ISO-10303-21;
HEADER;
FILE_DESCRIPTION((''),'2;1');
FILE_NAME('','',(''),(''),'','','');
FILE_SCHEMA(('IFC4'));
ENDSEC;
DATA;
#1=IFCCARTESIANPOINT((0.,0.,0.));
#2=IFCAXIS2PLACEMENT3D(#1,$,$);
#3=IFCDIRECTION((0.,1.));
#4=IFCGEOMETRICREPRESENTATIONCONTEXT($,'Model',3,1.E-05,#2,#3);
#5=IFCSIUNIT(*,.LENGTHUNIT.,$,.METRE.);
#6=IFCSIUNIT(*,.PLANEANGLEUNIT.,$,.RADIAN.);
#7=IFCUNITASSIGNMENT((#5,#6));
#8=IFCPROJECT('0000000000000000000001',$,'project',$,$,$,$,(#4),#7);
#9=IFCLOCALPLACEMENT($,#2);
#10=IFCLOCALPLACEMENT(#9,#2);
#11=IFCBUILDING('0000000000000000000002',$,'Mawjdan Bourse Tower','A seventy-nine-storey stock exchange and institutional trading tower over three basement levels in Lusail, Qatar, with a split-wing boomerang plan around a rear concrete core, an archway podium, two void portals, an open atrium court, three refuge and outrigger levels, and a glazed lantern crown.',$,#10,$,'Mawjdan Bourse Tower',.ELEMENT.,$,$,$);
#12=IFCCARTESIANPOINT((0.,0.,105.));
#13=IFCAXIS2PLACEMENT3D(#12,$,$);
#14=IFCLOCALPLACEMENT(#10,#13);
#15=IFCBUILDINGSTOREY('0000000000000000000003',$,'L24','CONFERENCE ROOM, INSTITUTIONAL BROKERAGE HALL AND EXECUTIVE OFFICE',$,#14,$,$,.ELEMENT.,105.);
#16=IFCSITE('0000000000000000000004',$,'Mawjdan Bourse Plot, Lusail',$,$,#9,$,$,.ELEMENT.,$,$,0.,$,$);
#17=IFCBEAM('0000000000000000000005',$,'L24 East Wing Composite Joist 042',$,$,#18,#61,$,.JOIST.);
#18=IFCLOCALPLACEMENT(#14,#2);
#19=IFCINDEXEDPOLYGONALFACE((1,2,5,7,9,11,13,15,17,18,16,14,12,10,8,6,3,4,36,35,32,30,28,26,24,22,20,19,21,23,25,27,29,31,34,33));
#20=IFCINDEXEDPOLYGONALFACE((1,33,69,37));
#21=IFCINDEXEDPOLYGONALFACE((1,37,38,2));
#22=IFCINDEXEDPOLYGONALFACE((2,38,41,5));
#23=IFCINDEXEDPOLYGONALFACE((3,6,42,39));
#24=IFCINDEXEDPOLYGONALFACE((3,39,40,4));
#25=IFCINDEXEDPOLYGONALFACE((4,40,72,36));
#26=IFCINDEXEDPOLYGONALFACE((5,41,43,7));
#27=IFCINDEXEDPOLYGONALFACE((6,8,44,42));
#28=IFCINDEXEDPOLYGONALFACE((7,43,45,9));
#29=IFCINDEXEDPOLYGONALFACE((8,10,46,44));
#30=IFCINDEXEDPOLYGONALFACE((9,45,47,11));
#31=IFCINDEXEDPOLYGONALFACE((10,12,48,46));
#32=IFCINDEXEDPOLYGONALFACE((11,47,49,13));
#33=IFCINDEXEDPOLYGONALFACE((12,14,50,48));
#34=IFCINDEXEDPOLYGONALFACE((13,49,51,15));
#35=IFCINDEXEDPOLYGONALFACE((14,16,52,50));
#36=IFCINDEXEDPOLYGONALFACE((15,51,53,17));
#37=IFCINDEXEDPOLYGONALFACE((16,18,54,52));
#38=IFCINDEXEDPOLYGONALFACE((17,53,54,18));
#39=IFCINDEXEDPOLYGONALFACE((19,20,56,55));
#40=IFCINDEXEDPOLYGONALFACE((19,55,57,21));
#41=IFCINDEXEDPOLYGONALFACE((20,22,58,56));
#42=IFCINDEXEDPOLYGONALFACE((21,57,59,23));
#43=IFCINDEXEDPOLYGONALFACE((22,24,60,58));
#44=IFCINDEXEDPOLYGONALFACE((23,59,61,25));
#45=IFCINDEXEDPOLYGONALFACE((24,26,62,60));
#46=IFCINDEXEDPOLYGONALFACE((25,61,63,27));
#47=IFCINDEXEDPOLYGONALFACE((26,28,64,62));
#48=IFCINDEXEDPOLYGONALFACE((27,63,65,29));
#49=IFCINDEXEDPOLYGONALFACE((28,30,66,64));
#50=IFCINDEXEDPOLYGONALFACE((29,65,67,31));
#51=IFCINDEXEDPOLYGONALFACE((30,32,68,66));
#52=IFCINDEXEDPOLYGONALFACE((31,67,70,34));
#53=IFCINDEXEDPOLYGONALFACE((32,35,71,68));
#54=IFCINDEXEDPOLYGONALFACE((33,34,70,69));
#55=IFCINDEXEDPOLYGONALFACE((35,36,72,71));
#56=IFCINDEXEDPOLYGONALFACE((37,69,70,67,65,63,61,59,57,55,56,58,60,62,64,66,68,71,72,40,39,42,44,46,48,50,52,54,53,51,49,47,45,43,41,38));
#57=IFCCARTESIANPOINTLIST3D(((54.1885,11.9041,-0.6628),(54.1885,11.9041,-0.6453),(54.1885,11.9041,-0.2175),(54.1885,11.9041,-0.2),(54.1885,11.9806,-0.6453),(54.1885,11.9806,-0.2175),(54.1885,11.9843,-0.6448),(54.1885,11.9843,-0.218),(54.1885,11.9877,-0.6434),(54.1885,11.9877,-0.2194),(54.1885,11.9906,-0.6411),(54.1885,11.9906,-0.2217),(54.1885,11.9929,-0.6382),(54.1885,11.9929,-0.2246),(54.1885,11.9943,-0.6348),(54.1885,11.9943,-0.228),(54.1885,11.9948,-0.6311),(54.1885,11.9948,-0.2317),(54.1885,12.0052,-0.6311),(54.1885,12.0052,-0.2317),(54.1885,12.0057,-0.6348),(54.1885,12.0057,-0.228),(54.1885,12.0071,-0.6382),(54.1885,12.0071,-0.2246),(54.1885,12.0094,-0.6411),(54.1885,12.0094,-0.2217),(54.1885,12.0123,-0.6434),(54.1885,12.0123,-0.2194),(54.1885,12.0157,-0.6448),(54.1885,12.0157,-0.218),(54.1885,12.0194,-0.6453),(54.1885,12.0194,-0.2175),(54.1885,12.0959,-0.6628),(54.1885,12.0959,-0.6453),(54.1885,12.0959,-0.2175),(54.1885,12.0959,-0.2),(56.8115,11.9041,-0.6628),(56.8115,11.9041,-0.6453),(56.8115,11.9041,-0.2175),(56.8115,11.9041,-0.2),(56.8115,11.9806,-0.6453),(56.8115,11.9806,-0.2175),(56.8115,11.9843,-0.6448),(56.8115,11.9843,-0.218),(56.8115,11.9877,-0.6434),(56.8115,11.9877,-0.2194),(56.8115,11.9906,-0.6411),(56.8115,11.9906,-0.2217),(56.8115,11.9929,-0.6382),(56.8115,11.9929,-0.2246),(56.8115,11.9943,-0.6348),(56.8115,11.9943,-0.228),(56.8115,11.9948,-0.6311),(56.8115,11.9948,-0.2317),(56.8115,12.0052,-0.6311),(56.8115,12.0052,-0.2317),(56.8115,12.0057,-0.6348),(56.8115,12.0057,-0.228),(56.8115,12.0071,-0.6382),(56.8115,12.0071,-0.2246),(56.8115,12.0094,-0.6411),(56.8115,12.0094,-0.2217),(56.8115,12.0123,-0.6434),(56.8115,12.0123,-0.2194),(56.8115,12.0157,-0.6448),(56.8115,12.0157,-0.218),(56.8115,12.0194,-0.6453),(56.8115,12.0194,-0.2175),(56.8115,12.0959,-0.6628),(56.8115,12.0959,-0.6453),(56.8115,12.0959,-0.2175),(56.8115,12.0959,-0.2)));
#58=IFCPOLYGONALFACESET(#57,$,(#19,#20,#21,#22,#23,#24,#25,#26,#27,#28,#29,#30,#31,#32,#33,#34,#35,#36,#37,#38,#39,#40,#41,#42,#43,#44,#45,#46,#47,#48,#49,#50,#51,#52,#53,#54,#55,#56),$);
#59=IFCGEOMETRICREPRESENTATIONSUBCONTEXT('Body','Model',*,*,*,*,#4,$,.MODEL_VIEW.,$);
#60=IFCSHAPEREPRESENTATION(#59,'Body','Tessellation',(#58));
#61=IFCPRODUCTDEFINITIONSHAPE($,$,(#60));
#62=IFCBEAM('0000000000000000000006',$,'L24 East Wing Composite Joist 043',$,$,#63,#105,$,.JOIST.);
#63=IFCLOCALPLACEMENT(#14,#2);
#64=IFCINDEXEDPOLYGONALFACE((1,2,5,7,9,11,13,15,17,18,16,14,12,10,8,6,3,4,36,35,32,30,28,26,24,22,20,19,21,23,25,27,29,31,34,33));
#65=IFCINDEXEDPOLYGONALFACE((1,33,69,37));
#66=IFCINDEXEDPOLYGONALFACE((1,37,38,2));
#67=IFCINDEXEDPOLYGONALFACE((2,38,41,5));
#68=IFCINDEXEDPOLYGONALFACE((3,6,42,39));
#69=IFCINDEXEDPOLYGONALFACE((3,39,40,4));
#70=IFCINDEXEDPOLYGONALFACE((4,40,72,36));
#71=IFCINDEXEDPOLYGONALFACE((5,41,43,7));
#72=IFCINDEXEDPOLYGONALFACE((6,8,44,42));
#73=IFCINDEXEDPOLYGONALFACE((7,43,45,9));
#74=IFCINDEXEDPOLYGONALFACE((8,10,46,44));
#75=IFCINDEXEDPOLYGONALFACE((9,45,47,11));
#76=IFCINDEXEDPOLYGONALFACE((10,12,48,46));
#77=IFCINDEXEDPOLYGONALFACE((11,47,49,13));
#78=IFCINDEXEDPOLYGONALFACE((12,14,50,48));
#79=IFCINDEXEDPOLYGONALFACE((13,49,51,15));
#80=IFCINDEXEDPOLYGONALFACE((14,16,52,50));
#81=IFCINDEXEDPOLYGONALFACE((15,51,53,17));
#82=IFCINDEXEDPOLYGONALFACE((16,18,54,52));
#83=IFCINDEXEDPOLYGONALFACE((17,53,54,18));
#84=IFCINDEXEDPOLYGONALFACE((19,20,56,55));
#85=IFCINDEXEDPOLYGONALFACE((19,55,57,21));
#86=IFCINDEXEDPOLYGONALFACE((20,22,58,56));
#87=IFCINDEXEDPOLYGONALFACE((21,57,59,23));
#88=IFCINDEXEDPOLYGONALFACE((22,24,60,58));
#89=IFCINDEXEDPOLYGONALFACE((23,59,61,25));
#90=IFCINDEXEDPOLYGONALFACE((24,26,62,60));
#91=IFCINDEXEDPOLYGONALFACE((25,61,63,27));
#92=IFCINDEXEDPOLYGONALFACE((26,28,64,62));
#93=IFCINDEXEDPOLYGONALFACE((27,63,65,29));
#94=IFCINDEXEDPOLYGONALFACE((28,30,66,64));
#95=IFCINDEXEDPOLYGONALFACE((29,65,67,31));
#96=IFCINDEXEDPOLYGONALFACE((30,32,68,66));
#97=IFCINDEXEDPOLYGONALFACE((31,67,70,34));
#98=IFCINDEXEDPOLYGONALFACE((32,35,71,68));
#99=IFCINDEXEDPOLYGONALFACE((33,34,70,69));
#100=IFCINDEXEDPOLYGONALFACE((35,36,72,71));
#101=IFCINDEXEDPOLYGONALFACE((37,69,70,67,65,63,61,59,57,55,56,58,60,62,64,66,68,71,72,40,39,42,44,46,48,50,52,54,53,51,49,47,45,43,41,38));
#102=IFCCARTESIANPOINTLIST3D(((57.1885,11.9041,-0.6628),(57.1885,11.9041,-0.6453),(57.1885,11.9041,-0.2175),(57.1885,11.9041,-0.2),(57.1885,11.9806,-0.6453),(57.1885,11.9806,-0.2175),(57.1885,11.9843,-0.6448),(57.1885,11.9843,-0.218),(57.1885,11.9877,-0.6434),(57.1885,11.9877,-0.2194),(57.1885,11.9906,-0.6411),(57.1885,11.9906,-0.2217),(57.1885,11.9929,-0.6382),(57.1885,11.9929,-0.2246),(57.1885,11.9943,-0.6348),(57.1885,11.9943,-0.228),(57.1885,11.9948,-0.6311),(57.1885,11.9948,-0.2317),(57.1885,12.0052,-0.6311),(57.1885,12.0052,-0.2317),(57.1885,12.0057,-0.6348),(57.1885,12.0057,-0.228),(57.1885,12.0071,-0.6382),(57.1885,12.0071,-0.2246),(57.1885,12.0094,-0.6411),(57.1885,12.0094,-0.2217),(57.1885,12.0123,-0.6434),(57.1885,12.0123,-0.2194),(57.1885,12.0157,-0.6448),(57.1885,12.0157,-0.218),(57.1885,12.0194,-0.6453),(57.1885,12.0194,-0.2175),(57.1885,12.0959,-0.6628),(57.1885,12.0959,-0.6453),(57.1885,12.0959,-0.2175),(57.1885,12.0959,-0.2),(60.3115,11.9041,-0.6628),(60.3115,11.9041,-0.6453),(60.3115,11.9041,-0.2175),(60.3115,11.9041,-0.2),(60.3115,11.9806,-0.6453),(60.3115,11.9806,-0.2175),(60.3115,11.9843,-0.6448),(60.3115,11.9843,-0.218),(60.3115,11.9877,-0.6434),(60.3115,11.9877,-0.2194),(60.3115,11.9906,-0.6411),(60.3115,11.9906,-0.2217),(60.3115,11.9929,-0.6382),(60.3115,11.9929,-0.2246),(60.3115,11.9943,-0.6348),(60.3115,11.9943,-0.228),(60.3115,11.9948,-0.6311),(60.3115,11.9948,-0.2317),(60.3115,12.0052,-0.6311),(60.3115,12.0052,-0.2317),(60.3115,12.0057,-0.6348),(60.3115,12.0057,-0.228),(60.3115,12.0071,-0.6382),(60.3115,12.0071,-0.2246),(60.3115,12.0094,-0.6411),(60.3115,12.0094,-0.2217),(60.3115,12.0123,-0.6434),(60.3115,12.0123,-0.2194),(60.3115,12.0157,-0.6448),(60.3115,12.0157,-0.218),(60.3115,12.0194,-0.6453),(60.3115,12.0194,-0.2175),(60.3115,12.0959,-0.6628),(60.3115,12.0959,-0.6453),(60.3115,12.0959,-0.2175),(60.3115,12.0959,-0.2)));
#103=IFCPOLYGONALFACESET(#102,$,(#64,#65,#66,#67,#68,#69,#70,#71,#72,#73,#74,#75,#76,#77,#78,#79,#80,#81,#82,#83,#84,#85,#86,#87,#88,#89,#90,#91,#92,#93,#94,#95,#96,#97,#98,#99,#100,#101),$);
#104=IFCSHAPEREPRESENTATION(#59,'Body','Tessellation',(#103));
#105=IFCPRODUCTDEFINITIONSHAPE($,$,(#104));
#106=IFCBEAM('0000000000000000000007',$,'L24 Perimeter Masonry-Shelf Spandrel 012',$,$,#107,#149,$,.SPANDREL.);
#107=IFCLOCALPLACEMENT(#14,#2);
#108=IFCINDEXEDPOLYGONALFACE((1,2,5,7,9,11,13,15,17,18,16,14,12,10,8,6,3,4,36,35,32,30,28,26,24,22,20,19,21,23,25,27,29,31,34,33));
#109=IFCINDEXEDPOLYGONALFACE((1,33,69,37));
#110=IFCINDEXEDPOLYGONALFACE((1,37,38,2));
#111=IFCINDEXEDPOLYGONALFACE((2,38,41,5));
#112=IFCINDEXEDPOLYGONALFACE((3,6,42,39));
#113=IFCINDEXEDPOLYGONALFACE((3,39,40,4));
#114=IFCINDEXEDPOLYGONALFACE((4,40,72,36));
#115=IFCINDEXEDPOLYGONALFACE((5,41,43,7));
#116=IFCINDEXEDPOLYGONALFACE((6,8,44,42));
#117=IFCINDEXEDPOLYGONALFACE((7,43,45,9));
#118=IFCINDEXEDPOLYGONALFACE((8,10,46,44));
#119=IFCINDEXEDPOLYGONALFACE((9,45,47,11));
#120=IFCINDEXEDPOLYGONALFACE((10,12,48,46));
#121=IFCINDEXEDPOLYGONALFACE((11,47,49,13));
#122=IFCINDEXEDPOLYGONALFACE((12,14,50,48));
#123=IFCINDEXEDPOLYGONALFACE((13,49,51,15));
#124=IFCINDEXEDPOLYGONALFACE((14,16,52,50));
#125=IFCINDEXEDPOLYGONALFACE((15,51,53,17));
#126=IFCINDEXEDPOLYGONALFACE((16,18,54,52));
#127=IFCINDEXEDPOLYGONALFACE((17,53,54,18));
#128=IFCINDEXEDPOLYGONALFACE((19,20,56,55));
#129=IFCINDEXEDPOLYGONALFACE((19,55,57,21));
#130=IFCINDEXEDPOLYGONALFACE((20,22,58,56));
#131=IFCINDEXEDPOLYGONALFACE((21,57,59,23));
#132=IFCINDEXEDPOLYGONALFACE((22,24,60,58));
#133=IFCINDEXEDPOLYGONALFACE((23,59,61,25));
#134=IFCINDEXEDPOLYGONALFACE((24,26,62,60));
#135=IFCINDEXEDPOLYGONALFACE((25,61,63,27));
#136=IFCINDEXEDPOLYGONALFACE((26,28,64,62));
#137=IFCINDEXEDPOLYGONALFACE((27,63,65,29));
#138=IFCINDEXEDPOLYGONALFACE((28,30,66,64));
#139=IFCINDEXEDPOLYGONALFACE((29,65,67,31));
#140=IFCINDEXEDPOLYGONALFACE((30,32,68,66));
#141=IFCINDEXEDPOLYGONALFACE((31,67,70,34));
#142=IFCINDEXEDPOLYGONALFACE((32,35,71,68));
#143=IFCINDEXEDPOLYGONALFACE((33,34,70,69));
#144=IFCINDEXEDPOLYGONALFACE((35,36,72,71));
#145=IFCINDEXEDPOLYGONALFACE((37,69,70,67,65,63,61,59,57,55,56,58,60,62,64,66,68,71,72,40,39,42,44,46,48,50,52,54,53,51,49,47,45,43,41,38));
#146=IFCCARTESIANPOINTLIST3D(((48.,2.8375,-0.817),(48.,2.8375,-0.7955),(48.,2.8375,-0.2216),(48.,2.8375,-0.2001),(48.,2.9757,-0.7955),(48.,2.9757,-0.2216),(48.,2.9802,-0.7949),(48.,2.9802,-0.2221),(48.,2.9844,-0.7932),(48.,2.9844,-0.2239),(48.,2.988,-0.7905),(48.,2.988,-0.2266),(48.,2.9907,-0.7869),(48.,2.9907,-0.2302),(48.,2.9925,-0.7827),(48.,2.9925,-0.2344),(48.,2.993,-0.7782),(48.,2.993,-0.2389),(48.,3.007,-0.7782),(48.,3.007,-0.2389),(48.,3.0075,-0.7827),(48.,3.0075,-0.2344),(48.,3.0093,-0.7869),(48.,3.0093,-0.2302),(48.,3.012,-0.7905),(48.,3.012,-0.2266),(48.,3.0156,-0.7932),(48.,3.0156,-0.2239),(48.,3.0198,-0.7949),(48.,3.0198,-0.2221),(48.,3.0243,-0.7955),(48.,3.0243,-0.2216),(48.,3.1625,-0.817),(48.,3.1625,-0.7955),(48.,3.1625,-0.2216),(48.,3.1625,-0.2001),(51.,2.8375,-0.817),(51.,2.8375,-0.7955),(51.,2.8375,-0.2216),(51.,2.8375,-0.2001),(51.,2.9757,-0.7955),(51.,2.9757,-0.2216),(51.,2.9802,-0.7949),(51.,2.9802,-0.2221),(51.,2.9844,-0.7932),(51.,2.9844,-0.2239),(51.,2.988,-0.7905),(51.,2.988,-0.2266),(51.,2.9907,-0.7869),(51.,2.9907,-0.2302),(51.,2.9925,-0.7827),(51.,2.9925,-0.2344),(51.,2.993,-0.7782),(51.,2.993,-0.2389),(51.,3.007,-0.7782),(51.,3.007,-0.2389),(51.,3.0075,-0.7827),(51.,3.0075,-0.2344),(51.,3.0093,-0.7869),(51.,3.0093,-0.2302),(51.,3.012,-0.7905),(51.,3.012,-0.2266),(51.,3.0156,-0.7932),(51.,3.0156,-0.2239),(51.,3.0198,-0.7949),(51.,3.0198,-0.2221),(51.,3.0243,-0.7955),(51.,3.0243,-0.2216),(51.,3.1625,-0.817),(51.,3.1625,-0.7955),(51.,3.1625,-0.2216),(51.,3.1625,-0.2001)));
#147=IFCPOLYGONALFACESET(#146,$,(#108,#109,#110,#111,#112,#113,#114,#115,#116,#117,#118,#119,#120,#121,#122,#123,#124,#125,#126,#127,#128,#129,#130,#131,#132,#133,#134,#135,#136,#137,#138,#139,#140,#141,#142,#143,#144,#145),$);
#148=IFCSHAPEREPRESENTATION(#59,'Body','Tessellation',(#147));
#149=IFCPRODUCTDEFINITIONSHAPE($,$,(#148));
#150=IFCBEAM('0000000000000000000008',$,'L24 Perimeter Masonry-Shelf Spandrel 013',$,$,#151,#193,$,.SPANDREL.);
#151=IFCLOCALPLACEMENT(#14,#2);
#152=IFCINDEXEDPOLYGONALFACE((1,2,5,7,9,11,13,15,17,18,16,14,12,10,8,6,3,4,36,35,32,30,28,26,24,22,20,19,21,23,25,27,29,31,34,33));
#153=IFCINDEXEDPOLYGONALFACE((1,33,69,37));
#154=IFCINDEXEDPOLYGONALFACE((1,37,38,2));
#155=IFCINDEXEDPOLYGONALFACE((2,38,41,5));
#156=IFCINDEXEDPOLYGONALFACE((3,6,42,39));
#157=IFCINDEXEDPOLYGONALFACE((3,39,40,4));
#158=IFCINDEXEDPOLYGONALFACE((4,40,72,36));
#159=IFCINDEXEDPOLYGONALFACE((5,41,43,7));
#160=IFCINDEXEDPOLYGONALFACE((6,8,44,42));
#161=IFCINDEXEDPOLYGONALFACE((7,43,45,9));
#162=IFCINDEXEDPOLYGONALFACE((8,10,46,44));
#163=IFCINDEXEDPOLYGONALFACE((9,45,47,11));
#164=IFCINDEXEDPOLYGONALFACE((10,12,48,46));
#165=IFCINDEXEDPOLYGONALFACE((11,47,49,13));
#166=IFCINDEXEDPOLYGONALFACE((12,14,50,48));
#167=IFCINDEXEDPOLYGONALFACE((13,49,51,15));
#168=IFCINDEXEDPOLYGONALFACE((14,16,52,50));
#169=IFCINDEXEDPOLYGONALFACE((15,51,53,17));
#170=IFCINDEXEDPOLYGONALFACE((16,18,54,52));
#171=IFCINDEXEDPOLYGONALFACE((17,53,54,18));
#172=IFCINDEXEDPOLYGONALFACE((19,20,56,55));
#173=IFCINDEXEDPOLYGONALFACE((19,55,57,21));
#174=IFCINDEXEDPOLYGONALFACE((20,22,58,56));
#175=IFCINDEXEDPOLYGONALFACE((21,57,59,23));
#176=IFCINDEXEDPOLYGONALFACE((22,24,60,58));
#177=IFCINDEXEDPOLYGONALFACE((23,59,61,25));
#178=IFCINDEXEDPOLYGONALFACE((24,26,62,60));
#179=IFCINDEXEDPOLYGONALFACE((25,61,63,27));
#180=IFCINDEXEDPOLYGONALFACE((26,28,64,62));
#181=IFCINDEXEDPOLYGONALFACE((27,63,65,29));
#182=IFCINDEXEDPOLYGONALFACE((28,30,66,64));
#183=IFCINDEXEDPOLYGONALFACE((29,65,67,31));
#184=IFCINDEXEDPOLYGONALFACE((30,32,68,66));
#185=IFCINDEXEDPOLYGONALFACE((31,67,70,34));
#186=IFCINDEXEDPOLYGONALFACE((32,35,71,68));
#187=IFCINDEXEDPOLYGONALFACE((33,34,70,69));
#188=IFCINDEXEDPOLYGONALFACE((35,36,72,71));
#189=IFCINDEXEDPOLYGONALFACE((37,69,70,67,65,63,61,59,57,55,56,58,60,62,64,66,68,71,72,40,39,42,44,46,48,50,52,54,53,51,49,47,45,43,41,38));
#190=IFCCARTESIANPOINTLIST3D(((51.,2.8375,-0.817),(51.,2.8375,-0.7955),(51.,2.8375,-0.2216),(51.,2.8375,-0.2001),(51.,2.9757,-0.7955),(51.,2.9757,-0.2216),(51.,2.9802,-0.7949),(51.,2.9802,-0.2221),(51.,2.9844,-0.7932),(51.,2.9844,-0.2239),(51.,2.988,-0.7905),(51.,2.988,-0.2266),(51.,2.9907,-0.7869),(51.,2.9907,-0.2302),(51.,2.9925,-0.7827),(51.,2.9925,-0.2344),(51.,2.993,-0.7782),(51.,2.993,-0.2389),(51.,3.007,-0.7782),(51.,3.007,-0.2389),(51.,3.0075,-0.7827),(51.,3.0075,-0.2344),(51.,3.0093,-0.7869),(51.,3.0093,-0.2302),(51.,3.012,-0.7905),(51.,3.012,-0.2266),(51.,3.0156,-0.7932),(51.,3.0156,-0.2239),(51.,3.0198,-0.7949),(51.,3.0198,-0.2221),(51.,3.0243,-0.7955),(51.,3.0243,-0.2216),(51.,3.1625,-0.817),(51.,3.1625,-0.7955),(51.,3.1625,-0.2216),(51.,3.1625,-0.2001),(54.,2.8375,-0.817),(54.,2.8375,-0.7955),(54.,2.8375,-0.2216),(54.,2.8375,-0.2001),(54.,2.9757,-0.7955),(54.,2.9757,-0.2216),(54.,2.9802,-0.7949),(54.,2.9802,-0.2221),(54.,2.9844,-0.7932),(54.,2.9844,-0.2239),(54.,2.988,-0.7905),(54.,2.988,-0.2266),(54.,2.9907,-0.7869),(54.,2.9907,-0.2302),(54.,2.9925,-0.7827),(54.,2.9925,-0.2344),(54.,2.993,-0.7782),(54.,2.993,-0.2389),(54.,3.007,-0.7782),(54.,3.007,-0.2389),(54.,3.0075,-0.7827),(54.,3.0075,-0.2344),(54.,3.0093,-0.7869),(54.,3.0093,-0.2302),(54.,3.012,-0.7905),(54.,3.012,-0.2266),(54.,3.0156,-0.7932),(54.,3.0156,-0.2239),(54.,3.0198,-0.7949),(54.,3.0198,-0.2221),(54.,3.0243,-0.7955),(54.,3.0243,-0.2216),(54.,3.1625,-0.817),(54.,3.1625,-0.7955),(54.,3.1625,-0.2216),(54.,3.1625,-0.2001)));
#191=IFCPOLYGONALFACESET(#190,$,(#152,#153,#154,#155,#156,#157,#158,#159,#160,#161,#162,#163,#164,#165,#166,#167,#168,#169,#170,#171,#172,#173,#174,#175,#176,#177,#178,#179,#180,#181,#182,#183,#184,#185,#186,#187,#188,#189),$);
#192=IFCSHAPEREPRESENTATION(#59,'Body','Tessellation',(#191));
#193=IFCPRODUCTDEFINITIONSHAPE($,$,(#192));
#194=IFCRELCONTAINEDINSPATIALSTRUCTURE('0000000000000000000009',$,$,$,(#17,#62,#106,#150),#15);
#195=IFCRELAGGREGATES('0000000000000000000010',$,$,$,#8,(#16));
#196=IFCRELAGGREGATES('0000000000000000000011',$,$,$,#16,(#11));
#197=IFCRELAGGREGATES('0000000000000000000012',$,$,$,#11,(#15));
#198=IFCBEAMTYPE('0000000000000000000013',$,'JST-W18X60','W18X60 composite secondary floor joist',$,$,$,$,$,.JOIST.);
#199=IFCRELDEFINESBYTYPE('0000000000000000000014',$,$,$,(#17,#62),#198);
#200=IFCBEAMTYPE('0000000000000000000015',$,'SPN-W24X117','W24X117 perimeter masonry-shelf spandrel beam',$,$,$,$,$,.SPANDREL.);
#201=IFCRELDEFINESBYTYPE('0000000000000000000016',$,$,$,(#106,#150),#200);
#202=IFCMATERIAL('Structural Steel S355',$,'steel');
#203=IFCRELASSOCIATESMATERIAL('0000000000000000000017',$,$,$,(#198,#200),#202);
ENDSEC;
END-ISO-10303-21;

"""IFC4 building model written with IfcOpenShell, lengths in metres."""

from ifc_helpers import new_model, si_unit, direction, frame, origin, origin_2d, place, context, subcontext, project, spatial, i_section, extrude, material, material_profile, profile_set, type_object, element, save


model = new_model("IFC4")

# Units and contexts
model_context = context("Model", 3, precision=1e-05, world=origin(), true_north=direction((0.0, 1.0)))
body_context = subcontext(model_context, "Body", "Model", "MODEL_VIEW")
ifc_project = project(units=[si_unit("LENGTHUNIT", "METRE"), si_unit("PLANEANGLEUNIT", "RADIAN")], contexts=[model_context])

# Site, building, storey
site_placement = place(None, origin())
site = spatial("IfcSite", under=ifc_project, at=site_placement, Name="Mawjdan Bourse Plot, Lusail", CompositionType="ELEMENT", RefElevation=0.0)
building_placement = place(site_placement, origin())
building = spatial("IfcBuilding", under=site, at=building_placement, Name="Mawjdan Bourse Tower", Description="A seventy-nine-storey stock exchange and institutional trading tower over three basement levels in Lusail, Qatar, with a split-wing boomerang plan around a rear concrete core, an archway podium, two void portals, an open atrium court, three refuge and outrigger levels, and a glazed lantern crown.", LongName="Mawjdan Bourse Tower", CompositionType="ELEMENT")
storey_placement = place(building_placement, frame((0.0, 0.0, 105.0)))
storey = spatial("IfcBuildingStorey", under=building, at=storey_placement, Name="L24", Description="CONFERENCE ROOM, INSTITUTIONAL BROKERAGE HALL AND EXECUTIVE OFFICE", CompositionType="ELEMENT", Elevation=105.0)

# Beams
ifc_material_1 = material(Name="Structural Steel S355", Category="steel")
ifc_material_profile_1 = material_profile(ifc_material_1, i_section(OverallWidth=0.1919, OverallDepth=0.4629, WebThickness=0.0105, FlangeThickness=0.0176, FilletRadius=0.0142, at=origin_2d()), Name="W18X60")
ifc_profile_set_1 = profile_set([ifc_material_profile_1], Name="Structural Steel S355")
beam_type_1 = type_object("IfcBeamType", Name="JST-W18X60", Description="W18X60 composite secondary floor joist", PredefinedType="JOIST", material=ifc_profile_set_1)
for number, where, z_axis, x_axis, name in (
    (1, (54.1885, 12.0, -0.4314), (1.0, 0.0, 0.0), (0.0, 1.0, 0.0), "L24 East Wing Composite Joist 042"),
):
    element("IfcBeam", number, at=place(storey_placement, frame(where, z_axis=z_axis, x_axis=x_axis)), inside=storey, type_object=beam_type_1, Name=name, PredefinedType="JOIST", context=body_context, shape_type="SweptSolid", body=[
        extrude(i_section(OverallWidth=0.1919, OverallDepth=0.4629, WebThickness=0.0105, FlangeThickness=0.0176, FilletRadius=0.0142, at=origin_2d()), origin(), (0.0, 0.0, 1.0), 2.623),
    ])
beam_1_placement = place(storey_placement, frame((57.1885, 12.0, -0.4314), z_axis=(1.0, 0.0, 0.0), x_axis=(0.0, 1.0, 0.0)))
element("IfcBeam", 2, at=beam_1_placement, inside=storey, type_object=beam_type_1, Name="L24 East Wing Composite Joist 043", PredefinedType="JOIST", context=body_context, shape_type="SweptSolid", body=[
    extrude(i_section(OverallWidth=0.1919, OverallDepth=0.4629, WebThickness=0.0105, FlangeThickness=0.0176, FilletRadius=0.0142, at=origin_2d()), origin(), (0.0, 0.0, 1.0), 3.123),
])
ifc_material_profile_2 = material_profile(ifc_material_1, i_section(OverallWidth=0.325, OverallDepth=0.6169, WebThickness=0.0139, FlangeThickness=0.0215, FilletRadius=0.0173, at=origin_2d()), Name="W24X117")
ifc_profile_set_2 = profile_set([ifc_material_profile_2], Name="Structural Steel S355")
beam_type_2 = type_object("IfcBeamType", Name="SPN-W24X117", Description="W24X117 perimeter masonry-shelf spandrel beam", PredefinedType="SPANDREL", material=ifc_profile_set_2)
for number, where, z_axis, x_axis, name in (
    (3, (48.0, 3.0, -0.5085), (1.0, 0.0, 0.0), (0.0, 1.0, 0.0), "L24 Perimeter Masonry-Shelf Spandrel 012"),
    (4, (51.0, 3.0, -0.5085), (1.0, 0.0, 0.0), (0.0, 1.0, 0.0), "L24 Perimeter Masonry-Shelf Spandrel 013"),
):
    element("IfcBeam", number, at=place(storey_placement, frame(where, z_axis=z_axis, x_axis=x_axis)), inside=storey, type_object=beam_type_2, Name=name, PredefinedType="SPANDREL", context=body_context, shape_type="SweptSolid", body=[
        extrude(i_section(OverallWidth=0.325, OverallDepth=0.6169, WebThickness=0.0139, FlangeThickness=0.0215, FilletRadius=0.0173, at=origin_2d()), origin(), (0.0, 0.0, 1.0), 3.0),
    ])

save(model, "model.ifc")
